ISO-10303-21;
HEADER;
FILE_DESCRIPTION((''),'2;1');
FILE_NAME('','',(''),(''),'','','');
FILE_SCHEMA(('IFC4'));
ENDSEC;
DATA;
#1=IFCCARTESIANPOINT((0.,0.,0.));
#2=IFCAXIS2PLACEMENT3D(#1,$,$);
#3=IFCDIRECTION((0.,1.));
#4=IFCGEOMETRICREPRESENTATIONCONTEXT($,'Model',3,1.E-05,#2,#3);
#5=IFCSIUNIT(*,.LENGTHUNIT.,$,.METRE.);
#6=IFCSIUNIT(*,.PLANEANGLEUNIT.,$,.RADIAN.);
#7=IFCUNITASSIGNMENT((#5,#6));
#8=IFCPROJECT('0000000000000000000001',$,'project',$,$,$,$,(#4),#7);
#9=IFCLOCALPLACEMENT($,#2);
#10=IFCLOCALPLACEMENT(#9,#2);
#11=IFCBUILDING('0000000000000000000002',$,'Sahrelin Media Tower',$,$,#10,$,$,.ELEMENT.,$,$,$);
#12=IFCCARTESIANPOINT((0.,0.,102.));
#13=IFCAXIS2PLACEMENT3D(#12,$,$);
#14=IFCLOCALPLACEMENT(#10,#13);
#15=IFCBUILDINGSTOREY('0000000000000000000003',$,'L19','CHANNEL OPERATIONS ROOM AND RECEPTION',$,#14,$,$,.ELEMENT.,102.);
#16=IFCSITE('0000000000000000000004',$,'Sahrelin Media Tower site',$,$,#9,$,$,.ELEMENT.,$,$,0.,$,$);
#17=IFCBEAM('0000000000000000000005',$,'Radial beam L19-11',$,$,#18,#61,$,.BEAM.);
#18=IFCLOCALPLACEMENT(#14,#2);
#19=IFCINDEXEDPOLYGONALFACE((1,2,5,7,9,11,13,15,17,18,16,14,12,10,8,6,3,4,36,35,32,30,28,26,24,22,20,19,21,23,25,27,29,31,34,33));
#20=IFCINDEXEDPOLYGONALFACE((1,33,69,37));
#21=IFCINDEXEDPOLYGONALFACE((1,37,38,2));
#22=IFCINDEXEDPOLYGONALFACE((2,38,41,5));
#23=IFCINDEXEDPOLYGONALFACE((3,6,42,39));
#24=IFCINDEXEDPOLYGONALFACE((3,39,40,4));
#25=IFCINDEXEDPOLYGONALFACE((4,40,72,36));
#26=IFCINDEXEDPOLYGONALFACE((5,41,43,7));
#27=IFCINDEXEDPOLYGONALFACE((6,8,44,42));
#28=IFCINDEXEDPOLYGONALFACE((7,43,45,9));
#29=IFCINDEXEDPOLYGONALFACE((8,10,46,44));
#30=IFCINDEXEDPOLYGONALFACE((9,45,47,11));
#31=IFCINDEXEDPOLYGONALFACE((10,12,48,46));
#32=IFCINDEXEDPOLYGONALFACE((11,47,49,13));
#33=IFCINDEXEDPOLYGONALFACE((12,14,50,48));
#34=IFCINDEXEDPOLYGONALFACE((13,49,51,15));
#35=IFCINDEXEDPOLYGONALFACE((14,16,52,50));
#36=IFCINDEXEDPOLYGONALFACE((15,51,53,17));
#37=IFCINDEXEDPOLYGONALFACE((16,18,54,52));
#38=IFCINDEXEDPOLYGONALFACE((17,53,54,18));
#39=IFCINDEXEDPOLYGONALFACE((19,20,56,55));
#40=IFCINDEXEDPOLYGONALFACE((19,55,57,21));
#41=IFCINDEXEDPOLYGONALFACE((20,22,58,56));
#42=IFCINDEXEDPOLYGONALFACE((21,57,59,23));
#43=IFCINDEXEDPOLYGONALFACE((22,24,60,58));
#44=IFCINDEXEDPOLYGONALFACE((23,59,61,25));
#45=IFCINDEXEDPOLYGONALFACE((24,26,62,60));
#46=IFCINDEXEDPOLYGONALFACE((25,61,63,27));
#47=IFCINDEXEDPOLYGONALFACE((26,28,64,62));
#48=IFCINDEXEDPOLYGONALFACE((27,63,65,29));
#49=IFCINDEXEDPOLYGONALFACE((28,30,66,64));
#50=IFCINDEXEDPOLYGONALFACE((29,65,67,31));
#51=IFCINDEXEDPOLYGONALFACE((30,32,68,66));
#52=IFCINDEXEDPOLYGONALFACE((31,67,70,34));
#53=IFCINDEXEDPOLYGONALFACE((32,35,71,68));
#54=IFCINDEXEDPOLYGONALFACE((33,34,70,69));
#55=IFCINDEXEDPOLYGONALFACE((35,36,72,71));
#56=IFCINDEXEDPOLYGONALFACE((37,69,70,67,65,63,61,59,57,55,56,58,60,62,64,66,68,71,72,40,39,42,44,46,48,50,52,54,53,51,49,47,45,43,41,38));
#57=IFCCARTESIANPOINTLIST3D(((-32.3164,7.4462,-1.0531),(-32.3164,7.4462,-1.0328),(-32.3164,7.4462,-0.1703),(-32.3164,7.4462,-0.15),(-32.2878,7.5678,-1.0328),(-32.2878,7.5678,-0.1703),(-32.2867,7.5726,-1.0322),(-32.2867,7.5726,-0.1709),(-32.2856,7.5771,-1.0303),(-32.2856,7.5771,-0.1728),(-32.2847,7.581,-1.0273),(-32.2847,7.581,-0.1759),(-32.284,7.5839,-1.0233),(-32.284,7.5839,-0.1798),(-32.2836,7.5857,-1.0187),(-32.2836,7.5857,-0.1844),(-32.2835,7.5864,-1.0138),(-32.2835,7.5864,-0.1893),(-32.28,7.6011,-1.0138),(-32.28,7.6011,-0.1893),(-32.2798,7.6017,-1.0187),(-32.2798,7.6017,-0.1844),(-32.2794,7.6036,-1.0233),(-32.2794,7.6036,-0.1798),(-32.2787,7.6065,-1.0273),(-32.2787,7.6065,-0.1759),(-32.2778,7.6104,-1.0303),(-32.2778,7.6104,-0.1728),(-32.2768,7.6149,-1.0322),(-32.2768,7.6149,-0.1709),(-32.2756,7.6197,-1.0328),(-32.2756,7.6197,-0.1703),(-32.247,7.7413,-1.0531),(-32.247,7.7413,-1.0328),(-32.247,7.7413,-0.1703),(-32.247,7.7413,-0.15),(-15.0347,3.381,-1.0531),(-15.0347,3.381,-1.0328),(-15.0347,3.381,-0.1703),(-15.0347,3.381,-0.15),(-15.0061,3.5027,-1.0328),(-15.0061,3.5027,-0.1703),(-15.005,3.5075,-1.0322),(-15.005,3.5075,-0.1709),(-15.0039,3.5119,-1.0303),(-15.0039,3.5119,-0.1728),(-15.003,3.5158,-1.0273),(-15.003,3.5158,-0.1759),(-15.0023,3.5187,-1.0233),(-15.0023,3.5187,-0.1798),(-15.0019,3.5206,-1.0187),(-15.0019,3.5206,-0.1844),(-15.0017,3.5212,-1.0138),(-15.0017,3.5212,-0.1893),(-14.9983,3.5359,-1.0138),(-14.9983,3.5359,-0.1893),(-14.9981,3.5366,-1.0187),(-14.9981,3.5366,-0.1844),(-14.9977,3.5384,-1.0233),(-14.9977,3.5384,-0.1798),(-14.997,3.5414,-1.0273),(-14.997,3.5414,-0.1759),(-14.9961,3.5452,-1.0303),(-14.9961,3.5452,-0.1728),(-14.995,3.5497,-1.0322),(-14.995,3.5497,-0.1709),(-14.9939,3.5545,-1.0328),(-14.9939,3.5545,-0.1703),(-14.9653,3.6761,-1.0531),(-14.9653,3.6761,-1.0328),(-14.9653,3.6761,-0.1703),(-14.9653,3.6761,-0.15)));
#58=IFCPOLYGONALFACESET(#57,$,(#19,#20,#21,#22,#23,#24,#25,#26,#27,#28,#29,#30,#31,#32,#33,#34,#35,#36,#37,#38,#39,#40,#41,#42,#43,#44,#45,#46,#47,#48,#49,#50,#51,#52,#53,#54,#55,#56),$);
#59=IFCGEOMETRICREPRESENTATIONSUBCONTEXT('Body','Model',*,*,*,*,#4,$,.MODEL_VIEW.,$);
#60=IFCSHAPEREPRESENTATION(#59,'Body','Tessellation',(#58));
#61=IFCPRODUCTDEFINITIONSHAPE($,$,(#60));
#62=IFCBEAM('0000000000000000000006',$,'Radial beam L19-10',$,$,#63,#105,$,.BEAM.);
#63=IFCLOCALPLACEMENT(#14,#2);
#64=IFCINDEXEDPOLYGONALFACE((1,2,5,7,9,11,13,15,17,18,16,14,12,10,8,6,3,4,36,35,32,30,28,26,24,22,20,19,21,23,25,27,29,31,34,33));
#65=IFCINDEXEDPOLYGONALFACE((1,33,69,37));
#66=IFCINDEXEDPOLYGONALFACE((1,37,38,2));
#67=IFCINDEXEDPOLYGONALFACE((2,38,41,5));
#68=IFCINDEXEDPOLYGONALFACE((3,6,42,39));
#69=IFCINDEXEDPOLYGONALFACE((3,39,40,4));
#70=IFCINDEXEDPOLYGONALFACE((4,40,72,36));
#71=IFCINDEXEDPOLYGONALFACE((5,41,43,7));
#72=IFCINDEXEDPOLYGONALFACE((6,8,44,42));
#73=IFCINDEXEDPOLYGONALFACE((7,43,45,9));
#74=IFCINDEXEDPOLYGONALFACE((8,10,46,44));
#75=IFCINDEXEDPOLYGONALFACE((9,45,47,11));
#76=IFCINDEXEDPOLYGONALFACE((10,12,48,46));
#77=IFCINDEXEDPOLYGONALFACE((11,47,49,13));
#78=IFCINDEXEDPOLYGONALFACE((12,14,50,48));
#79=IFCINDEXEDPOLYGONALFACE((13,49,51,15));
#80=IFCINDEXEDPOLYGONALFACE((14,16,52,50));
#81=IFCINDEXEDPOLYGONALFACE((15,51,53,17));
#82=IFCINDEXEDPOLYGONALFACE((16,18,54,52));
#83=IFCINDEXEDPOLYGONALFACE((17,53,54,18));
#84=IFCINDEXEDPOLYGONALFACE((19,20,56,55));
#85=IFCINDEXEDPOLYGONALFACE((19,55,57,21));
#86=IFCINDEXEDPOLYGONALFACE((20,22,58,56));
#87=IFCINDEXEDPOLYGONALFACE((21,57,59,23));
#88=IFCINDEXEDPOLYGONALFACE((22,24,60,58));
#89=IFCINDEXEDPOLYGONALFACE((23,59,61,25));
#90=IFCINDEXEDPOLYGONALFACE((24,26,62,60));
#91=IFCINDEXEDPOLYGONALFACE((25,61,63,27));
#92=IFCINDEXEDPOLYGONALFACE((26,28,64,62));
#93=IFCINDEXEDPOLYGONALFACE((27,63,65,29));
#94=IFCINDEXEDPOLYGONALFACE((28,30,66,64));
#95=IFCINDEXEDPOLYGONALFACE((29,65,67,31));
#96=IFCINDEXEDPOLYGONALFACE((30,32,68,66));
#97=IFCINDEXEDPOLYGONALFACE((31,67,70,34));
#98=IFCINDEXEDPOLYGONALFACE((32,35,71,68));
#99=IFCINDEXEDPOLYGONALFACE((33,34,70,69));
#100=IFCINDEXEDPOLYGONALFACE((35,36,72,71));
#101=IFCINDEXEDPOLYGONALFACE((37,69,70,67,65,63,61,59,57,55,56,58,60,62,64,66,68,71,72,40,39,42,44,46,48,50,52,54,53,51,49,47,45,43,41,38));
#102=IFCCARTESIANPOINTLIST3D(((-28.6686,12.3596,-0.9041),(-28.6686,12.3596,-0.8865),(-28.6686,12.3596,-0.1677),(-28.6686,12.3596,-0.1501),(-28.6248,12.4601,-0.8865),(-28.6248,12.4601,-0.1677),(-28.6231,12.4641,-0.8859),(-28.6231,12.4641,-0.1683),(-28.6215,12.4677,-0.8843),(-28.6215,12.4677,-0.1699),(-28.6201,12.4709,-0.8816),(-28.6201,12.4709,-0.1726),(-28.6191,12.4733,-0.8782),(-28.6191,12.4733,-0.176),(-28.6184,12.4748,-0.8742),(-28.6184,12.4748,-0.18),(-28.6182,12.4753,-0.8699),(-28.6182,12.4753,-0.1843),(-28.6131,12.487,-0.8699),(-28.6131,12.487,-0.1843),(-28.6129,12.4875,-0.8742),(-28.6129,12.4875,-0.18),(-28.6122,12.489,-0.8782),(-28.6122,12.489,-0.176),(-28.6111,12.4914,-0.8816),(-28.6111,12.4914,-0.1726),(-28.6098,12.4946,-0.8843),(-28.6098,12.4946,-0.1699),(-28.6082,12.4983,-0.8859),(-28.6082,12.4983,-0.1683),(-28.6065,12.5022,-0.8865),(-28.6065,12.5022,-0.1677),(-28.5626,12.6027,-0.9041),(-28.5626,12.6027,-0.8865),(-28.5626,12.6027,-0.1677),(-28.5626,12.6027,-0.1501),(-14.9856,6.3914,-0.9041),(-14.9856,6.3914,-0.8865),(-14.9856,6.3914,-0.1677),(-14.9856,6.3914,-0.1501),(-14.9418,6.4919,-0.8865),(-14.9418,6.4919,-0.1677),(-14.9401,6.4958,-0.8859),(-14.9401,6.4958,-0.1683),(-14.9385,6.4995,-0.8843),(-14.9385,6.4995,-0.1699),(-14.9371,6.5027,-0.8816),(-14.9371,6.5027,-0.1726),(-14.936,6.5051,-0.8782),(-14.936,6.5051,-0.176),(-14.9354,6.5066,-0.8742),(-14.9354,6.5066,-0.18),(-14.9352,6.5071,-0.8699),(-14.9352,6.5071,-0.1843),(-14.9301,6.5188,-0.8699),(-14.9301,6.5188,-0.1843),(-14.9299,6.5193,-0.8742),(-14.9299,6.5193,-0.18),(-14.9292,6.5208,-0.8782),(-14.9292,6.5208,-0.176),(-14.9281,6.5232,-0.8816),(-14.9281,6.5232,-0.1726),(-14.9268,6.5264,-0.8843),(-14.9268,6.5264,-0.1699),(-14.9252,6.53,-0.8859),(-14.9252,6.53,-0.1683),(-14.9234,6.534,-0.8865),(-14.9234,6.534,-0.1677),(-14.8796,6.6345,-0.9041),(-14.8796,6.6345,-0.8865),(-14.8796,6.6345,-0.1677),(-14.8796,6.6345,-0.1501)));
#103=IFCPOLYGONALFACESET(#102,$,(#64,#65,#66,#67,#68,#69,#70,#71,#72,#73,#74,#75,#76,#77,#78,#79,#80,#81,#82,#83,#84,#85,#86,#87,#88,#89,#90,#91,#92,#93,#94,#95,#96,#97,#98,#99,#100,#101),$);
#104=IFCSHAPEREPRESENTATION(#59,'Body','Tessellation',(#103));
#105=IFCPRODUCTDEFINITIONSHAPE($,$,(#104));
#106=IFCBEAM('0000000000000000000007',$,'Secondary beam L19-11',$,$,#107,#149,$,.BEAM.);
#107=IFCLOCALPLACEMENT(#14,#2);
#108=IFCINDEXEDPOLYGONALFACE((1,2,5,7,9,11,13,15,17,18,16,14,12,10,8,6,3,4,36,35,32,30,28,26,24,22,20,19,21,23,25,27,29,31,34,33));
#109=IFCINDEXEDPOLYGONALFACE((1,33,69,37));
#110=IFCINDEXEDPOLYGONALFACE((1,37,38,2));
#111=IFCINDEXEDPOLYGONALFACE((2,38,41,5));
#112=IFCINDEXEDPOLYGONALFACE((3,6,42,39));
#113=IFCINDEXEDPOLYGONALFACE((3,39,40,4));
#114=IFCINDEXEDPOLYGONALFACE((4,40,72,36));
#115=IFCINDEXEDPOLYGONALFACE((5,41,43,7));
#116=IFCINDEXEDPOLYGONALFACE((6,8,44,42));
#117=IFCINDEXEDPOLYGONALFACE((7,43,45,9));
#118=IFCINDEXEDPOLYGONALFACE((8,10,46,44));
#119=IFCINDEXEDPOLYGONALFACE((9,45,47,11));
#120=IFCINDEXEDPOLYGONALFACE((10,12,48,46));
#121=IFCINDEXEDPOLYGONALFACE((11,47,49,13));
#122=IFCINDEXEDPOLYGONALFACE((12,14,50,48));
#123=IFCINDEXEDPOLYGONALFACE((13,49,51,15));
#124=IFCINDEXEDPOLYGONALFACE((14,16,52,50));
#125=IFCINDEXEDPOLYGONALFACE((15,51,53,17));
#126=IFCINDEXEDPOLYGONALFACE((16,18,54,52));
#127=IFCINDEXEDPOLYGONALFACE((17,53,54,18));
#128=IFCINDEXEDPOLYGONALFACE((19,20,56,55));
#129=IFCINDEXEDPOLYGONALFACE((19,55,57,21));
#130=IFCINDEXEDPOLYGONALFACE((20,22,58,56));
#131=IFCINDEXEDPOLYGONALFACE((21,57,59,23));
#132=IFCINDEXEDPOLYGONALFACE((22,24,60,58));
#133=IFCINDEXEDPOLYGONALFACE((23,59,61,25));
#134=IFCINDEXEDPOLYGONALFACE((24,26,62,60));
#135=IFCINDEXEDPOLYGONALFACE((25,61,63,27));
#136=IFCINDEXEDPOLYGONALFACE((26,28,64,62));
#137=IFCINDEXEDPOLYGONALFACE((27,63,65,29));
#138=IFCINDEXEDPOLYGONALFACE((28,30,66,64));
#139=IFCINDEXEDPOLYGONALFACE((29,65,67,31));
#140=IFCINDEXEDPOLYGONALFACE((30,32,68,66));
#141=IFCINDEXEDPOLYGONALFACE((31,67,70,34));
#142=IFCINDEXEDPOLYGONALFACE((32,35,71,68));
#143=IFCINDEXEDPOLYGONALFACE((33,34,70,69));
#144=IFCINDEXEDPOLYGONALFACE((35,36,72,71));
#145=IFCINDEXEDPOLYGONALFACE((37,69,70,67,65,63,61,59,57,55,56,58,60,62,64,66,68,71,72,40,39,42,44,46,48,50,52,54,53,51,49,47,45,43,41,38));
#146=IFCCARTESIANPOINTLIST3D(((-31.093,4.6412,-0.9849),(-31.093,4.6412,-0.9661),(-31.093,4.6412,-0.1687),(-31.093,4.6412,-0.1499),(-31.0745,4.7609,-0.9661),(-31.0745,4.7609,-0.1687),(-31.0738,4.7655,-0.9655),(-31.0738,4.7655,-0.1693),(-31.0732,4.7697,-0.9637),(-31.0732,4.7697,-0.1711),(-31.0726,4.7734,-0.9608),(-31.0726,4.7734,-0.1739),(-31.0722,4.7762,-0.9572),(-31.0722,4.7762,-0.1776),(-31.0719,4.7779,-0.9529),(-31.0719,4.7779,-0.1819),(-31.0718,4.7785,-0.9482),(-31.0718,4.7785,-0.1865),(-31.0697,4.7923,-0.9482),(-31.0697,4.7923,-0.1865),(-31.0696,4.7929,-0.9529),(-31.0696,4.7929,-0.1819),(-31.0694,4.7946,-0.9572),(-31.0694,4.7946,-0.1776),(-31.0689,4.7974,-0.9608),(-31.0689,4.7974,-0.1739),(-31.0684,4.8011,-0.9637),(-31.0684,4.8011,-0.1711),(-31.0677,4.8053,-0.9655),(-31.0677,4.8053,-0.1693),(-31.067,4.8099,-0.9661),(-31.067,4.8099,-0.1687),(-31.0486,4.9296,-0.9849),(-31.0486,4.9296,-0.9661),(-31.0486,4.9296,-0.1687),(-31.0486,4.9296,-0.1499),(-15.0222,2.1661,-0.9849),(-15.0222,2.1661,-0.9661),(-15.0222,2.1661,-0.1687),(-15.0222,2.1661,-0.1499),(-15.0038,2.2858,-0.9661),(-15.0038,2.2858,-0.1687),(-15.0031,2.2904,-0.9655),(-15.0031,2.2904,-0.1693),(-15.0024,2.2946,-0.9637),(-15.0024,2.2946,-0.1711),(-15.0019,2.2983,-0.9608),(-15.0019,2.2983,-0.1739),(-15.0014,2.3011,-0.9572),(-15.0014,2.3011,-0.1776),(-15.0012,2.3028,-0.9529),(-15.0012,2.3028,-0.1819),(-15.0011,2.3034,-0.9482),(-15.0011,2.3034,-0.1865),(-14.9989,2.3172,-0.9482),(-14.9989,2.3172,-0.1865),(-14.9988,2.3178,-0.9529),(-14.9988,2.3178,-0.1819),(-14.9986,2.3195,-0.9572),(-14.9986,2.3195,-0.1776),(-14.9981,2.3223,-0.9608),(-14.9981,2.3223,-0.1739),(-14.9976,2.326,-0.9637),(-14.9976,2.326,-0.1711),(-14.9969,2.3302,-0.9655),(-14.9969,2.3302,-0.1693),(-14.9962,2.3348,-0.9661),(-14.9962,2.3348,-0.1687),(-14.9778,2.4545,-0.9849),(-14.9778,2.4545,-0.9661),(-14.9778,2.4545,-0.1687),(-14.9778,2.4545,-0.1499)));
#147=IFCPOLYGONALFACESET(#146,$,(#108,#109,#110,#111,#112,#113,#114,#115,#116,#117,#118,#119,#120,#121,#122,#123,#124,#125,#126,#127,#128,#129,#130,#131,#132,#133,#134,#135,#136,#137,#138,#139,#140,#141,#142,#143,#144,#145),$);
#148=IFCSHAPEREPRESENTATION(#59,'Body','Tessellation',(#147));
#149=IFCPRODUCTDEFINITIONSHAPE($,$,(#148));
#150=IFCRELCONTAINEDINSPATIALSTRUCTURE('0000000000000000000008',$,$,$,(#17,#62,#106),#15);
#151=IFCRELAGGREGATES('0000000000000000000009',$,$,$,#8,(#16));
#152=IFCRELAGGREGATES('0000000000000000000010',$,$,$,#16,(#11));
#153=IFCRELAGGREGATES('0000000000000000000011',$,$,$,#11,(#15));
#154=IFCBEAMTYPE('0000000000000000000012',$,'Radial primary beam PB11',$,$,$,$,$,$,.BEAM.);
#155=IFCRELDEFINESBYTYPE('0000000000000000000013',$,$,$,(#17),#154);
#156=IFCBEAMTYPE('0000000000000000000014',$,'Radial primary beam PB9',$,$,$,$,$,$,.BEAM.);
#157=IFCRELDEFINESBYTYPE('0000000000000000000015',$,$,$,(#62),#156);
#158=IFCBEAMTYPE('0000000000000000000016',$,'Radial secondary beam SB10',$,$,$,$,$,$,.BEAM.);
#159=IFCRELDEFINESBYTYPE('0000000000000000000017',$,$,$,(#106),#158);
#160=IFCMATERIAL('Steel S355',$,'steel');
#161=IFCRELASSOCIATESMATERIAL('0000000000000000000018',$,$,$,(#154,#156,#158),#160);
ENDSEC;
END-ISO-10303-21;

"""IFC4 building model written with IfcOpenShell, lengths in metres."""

from ifc_helpers import new_model, si_unit, direction, frame, origin, origin_2d, place, context, subcontext, project, spatial, i_section, extrude, material, material_profile, profile_set, type_object, element, save


model = new_model("IFC4")

# Units and contexts
model_context = context("Model", 3, precision=1e-05, world=origin(), true_north=direction((0.0, 1.0)))
body_context = subcontext(model_context, "Body", "Model", "MODEL_VIEW")
ifc_project = project(units=[si_unit("LENGTHUNIT", "METRE"), si_unit("PLANEANGLEUNIT", "RADIAN")], contexts=[model_context])

# Site, building, storey
site_placement = place(None, origin())
site = spatial("IfcSite", under=ifc_project, at=site_placement, Name="Sahrelin Media Tower site", CompositionType="ELEMENT", RefElevation=0.0)
building_placement = place(site_placement, origin())
building = spatial("IfcBuilding", under=site, at=building_placement, Name="Sahrelin Media Tower", CompositionType="ELEMENT")
storey_placement = place(building_placement, frame((0.0, 0.0, 102.0)))
storey = spatial("IfcBuildingStorey", under=building, at=storey_placement, Name="L19", Description="CHANNEL OPERATIONS ROOM AND RECEPTION", CompositionType="ELEMENT", Elevation=102.0)

# Beams
ifc_material_1 = material(Name="Steel S355", Category="steel")
ifc_material_profile_1 = material_profile(ifc_material_1, i_section(OverallWidth=0.3032, OverallDepth=0.9031, WebThickness=0.0151, FlangeThickness=0.0203, FilletRadius=0.019, at=origin_2d()), Name="UB 914x305x201")
ifc_profile_set_1 = profile_set([ifc_material_profile_1], Name="Steel S355")
beam_type_1 = type_object("IfcBeamType", Name="Radial primary beam PB11", PredefinedType="BEAM", material=ifc_profile_set_1)
beam_1_placement = place(storey_placement, frame((-15.0, 3.5286, -0.6016), z_axis=(-0.973431, 0.22898, 0.0), x_axis=(-0.22898, -0.973431, 0.0)))
element("IfcBeam", 1, at=beam_1_placement, inside=storey, type_object=beam_type_1, Name="Radial beam L19-11", PredefinedType="BEAM", context=body_context, shape_type="SweptSolid", body=[
    extrude(i_section(OverallWidth=0.3032, OverallDepth=0.9031, WebThickness=0.0151, FlangeThickness=0.0203, FilletRadius=0.019, at=origin_2d()), origin(), (0.0, 0.0, 1.0), 17.7534),
])
ifc_material_profile_2 = material_profile(ifc_material_1, i_section(OverallWidth=0.2651, OverallDepth=0.7539, WebThickness=0.0127, FlangeThickness=0.0176, FilletRadius=0.0166, at=origin_2d()), Name="UB 762x267x147")
ifc_profile_set_2 = profile_set([ifc_material_profile_2], Name="Steel S355")
beam_type_2 = type_object("IfcBeamType", Name="Radial primary beam PB9", PredefinedType="BEAM", material=ifc_profile_set_2)
beam_2_placement = place(storey_placement, frame((-14.9326, 6.5129, -0.5271), z_axis=(-0.916602, 0.399801, 0.0), x_axis=(-0.399801, -0.916602, 0.0)))
element("IfcBeam", 2, at=beam_2_placement, inside=storey, type_object=beam_type_2, Name="Radial beam L19-10", PredefinedType="BEAM", context=body_context, shape_type="SweptSolid", body=[
    extrude(i_section(OverallWidth=0.2651, OverallDepth=0.7539, WebThickness=0.0127, FlangeThickness=0.0176, FilletRadius=0.0166, at=origin_2d()), origin(), (0.0, 0.0, 1.0), 14.928),
])
ifc_material_profile_3 = material_profile(ifc_material_1, i_section(OverallWidth=0.2917, OverallDepth=0.835, WebThickness=0.0139, FlangeThickness=0.0188, FilletRadius=0.0178, at=origin_2d()), Name="UB 838x292x176")
ifc_profile_set_3 = profile_set([ifc_material_profile_3], Name="Steel S355")
beam_type_3 = type_object("IfcBeamType", Name="Radial secondary beam SB10", PredefinedType="BEAM", material=ifc_profile_set_3)
beam_3_placement = place(storey_placement, frame((-15.0, 2.3103, -0.5674), z_axis=(-0.988347, 0.152217, 0.0), x_axis=(-0.152217, -0.988347, 0.0)))
element("IfcBeam", 3, at=beam_3_placement, inside=storey, type_object=beam_type_3, Name="Secondary beam L19-11", PredefinedType="BEAM", context=body_context, shape_type="SweptSolid", body=[
    extrude(i_section(OverallWidth=0.2917, OverallDepth=0.835, WebThickness=0.0139, FlangeThickness=0.0188, FilletRadius=0.0178, at=origin_2d()), origin(), (0.0, 0.0, 1.0), 16.2603),
])

save(model, "model.ifc")
